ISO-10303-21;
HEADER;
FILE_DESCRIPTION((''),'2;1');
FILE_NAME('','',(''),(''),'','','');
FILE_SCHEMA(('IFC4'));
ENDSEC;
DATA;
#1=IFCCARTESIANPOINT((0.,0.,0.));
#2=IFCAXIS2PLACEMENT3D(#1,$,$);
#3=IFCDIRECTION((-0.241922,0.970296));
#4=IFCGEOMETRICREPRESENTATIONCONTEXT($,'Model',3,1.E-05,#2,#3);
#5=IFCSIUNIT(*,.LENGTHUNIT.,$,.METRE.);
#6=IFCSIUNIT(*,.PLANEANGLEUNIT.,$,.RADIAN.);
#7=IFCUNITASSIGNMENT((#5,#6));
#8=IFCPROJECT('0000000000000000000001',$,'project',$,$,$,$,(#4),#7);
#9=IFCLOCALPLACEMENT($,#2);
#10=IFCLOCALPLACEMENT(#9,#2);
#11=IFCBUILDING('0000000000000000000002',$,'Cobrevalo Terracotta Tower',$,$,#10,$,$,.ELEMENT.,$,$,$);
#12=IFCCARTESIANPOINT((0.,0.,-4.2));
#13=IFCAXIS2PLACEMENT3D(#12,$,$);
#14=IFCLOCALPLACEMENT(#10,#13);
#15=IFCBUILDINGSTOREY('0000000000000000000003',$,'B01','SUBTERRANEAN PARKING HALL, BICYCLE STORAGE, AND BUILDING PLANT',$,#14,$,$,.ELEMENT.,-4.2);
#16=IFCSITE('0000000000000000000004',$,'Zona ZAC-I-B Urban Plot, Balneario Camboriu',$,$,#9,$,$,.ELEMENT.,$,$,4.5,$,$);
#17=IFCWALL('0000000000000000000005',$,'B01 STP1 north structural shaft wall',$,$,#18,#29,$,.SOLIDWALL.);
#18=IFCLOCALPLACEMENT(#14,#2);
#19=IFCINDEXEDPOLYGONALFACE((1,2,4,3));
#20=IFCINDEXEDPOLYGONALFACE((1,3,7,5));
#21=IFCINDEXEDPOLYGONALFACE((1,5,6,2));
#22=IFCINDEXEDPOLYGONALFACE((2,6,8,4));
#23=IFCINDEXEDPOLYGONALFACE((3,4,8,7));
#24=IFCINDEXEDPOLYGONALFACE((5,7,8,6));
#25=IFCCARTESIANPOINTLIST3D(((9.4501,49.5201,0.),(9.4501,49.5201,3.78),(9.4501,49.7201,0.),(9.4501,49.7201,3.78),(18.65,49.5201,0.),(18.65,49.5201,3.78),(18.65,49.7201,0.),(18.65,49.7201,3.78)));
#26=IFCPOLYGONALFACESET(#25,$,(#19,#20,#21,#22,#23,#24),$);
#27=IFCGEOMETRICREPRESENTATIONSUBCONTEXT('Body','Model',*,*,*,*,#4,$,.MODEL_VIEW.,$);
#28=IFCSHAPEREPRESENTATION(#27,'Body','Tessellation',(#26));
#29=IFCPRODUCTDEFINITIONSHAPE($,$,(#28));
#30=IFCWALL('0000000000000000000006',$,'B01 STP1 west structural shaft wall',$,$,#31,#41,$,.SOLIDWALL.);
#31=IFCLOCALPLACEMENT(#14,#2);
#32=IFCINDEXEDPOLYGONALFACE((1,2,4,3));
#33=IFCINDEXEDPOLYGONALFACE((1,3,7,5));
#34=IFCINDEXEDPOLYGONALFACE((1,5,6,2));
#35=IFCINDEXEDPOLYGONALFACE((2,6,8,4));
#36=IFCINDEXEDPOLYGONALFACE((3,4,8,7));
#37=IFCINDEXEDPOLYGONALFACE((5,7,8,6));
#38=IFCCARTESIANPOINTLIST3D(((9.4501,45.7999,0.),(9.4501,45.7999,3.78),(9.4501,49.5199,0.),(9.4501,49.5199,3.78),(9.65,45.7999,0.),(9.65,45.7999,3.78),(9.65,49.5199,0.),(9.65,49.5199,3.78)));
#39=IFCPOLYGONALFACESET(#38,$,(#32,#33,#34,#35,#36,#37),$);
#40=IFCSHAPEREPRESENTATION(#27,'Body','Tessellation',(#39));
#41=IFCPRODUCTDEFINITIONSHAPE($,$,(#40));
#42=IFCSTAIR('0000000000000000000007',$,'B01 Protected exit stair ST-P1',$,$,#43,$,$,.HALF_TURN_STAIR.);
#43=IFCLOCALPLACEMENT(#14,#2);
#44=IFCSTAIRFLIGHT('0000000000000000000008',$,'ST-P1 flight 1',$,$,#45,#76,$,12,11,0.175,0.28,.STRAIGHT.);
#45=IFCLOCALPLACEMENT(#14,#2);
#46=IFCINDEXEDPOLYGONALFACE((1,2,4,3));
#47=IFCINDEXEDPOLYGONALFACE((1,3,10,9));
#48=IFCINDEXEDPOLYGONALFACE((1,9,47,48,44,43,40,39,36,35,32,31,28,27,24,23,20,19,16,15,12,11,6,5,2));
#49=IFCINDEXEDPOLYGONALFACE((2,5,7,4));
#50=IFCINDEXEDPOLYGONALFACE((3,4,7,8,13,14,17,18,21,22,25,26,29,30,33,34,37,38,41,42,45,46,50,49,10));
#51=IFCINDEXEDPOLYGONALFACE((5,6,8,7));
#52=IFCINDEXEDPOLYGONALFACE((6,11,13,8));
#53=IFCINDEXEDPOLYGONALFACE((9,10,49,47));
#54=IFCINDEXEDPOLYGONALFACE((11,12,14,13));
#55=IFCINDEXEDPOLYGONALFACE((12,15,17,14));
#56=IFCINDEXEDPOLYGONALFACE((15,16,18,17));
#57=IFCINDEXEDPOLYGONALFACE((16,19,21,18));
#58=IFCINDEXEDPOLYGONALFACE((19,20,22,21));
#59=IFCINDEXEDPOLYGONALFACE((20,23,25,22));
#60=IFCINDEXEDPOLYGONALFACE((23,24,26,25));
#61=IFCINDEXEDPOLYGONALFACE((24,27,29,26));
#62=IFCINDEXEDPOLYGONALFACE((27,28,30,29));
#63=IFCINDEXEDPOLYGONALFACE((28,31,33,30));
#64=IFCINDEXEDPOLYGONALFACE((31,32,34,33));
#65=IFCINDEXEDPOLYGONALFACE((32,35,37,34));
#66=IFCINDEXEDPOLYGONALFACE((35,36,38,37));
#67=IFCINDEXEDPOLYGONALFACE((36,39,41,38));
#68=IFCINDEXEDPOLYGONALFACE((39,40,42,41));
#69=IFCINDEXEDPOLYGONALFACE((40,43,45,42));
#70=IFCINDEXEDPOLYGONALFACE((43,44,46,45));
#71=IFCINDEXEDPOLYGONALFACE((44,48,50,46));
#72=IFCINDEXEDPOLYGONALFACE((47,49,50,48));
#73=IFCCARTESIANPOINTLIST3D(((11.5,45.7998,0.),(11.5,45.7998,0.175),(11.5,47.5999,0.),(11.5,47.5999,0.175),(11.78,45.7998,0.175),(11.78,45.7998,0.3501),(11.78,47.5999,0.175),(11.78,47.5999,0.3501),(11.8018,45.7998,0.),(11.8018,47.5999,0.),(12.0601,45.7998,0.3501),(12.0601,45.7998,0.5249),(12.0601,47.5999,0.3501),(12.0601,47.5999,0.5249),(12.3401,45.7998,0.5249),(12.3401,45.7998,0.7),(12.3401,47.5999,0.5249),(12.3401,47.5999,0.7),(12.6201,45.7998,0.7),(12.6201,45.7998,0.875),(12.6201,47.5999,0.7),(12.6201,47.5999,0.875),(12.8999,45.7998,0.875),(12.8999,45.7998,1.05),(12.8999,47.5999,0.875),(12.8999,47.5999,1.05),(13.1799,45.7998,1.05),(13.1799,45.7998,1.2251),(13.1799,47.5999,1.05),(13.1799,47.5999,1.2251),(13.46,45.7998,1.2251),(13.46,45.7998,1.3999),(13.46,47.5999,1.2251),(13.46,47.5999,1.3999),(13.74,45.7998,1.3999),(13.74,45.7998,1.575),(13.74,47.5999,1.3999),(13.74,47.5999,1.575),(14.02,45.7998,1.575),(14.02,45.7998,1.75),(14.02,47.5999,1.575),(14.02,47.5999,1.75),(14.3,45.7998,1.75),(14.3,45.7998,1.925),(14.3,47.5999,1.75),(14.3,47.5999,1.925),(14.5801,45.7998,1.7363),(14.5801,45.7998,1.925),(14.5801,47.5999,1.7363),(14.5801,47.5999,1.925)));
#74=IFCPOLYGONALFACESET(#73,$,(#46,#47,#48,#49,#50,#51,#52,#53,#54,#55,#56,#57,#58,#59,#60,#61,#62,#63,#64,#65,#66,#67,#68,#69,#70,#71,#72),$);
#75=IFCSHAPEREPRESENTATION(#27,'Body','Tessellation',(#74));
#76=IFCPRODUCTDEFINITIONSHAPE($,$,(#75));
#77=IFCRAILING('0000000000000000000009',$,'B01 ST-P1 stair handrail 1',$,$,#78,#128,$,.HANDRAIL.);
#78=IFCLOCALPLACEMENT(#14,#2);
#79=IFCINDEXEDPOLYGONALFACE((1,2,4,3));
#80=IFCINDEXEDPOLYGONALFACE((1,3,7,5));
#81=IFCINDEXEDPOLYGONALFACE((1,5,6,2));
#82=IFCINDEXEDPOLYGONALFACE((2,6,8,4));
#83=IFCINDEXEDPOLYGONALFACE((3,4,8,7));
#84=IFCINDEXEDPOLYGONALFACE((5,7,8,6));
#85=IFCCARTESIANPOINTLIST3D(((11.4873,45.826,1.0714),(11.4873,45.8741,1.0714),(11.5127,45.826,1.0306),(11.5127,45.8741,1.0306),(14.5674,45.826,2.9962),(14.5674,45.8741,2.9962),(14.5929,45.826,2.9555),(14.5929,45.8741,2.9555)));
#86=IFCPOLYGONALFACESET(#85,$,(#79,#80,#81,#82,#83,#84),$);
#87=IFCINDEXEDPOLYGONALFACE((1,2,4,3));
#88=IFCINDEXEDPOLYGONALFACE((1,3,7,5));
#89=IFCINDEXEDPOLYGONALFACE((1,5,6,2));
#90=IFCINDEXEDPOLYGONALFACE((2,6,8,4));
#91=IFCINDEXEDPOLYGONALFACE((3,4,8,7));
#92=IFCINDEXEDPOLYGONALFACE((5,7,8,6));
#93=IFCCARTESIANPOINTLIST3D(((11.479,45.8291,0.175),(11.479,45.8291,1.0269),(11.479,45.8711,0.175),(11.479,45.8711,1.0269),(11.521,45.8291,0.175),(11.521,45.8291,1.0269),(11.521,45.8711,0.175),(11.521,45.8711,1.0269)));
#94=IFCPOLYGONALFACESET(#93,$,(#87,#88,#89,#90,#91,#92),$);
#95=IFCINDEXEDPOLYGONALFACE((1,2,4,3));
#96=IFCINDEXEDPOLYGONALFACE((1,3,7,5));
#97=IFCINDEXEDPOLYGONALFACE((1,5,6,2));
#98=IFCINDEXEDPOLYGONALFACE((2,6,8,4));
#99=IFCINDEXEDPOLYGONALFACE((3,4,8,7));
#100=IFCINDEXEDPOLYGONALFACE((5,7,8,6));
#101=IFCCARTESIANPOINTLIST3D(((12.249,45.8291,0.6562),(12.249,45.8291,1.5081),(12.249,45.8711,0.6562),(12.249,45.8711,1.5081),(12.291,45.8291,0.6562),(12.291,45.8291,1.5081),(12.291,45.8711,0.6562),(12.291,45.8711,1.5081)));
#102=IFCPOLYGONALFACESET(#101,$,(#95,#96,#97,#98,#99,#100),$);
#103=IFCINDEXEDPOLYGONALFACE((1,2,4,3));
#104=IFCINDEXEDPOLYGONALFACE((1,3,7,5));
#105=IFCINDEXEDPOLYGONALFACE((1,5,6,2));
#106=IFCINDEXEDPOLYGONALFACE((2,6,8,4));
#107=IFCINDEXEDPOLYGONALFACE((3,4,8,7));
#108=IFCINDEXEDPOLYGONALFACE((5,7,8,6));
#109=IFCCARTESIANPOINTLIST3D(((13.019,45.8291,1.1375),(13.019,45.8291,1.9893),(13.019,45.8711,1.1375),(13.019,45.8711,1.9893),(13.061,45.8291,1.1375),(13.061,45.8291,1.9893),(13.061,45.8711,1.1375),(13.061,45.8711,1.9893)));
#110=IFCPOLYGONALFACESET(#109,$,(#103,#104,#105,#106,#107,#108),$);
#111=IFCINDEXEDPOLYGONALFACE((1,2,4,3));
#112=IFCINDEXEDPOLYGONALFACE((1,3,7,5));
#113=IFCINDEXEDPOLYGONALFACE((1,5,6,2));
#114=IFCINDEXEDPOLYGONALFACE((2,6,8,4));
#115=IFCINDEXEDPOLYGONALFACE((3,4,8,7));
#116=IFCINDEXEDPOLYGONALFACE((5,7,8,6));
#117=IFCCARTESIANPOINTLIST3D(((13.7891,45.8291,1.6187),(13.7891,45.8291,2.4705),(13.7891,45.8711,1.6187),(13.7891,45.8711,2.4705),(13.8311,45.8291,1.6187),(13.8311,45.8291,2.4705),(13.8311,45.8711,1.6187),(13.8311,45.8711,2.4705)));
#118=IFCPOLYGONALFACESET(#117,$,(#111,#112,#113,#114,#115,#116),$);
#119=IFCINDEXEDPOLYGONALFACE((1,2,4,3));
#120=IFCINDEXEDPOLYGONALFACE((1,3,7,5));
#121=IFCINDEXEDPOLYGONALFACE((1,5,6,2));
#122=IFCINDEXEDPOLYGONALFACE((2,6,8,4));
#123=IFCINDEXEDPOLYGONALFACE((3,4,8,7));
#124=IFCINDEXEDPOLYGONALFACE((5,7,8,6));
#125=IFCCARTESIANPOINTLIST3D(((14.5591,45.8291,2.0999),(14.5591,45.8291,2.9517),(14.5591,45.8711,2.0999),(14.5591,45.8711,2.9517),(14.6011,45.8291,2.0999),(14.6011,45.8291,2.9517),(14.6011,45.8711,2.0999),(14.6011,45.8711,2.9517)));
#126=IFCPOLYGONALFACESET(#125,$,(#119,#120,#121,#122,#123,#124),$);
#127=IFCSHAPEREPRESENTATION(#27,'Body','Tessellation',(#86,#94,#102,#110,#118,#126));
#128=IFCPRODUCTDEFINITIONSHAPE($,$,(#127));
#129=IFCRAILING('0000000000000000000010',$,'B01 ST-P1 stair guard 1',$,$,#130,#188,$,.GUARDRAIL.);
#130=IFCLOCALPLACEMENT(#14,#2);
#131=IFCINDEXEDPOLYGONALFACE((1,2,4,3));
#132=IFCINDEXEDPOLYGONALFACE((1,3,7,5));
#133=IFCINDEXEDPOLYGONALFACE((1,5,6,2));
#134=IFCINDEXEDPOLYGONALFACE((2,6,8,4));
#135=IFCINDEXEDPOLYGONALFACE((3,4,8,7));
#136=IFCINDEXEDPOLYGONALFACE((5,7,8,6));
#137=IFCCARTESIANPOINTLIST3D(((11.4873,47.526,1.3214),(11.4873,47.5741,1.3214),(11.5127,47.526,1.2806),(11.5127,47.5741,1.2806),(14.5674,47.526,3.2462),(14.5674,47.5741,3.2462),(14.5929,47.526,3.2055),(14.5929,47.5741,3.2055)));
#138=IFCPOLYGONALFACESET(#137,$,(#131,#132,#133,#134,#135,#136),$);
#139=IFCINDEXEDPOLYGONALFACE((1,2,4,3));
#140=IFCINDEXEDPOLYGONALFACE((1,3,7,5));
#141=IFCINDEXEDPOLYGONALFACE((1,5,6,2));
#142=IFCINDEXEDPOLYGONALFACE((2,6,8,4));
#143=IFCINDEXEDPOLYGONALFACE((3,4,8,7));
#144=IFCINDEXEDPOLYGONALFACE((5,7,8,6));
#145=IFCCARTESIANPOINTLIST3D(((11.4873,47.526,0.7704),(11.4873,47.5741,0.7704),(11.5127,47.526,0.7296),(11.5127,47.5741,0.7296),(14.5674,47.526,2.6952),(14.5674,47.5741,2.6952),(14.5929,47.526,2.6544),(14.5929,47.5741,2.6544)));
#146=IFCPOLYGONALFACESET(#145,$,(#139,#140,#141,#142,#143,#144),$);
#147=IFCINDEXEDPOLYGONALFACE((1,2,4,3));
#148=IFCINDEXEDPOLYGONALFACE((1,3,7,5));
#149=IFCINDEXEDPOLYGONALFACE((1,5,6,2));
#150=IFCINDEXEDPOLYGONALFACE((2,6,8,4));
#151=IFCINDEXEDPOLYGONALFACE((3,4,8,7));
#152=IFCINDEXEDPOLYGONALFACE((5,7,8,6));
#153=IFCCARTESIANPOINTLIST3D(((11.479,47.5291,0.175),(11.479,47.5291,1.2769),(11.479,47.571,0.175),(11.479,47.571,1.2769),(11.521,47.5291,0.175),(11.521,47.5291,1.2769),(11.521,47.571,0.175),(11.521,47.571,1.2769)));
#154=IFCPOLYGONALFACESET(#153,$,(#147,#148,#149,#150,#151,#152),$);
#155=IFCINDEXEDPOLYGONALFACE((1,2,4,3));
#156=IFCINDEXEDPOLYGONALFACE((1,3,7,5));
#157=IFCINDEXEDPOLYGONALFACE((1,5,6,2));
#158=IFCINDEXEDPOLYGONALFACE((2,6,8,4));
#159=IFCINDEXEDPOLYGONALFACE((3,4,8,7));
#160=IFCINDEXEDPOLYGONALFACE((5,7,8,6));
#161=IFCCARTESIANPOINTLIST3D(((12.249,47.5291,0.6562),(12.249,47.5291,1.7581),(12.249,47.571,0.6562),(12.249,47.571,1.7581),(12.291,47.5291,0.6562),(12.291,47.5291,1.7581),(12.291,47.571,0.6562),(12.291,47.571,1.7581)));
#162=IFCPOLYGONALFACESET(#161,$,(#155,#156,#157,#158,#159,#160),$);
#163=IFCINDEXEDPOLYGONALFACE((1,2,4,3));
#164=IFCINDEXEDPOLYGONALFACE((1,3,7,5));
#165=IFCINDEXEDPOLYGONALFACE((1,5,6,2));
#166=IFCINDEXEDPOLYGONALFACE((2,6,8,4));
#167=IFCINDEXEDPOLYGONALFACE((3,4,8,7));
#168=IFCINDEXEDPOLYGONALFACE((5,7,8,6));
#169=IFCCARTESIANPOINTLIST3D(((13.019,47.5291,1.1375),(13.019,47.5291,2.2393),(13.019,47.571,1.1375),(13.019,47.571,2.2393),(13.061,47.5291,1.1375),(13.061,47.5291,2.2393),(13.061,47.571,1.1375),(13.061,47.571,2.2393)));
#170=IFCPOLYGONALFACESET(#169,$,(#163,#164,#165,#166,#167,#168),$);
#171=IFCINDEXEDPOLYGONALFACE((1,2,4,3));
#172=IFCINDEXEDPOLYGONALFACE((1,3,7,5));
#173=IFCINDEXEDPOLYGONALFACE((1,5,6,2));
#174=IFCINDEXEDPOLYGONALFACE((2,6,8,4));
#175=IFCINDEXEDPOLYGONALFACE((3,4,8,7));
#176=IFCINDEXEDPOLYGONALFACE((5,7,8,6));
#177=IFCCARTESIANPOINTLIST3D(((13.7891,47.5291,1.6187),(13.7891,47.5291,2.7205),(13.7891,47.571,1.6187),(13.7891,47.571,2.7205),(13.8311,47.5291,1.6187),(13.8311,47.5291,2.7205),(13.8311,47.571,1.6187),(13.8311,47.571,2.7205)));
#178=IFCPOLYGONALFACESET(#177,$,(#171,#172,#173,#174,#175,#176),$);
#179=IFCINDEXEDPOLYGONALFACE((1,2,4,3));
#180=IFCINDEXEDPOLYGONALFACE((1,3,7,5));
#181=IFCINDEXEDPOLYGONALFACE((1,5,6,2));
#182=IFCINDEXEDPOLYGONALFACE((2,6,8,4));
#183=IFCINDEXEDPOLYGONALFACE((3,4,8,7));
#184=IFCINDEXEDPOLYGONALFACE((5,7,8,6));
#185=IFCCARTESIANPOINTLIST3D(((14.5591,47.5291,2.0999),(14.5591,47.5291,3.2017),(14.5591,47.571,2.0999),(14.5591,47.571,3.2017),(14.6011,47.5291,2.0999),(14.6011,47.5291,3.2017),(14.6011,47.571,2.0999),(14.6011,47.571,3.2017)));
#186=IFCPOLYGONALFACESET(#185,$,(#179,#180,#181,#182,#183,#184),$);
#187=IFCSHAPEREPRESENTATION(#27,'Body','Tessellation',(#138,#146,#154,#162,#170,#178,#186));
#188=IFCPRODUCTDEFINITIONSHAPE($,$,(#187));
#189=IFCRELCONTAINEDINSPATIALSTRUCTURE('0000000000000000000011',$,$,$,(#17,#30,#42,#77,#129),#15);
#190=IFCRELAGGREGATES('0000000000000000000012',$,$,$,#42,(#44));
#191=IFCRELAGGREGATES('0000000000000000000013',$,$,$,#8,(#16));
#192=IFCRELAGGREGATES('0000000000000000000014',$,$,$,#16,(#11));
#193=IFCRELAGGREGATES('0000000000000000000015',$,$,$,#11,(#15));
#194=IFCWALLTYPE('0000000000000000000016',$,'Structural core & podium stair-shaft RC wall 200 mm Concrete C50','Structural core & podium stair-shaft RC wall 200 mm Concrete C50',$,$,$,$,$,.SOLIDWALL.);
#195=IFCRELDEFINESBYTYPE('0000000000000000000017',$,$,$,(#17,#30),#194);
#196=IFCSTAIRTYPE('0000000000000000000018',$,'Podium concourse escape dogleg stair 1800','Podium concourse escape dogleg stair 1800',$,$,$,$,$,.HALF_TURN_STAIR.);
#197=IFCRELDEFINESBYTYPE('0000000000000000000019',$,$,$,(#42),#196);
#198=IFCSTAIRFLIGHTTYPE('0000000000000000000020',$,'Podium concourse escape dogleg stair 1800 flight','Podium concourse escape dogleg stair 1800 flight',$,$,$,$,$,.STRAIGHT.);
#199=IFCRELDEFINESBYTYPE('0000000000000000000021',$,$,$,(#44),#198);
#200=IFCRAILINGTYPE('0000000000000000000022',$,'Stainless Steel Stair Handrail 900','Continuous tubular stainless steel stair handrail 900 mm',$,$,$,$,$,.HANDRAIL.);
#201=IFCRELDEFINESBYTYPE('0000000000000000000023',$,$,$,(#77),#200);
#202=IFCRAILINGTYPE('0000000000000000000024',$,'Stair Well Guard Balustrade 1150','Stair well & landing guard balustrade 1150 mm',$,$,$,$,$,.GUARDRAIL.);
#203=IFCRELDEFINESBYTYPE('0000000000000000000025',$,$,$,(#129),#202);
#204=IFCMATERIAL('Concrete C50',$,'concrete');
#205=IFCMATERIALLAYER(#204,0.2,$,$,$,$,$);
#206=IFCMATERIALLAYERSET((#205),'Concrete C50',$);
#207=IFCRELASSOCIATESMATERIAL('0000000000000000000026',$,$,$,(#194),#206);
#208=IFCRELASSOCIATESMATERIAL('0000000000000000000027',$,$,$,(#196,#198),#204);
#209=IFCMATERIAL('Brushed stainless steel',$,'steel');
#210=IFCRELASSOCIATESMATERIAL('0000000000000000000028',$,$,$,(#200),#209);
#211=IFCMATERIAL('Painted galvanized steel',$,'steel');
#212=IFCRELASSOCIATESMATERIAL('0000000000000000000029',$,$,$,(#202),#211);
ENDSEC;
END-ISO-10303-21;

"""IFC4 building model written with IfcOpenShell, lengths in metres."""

from ifc_helpers import new_model, si_unit, direction, frame, frame_2d, origin, origin_2d, place, context, subcontext, project, spatial, polyline, rectangle, outline, extrude, material, layer, layer_set, type_object, element, aggregate, save


model = new_model("IFC4")

# Units and contexts
model_context = context("Model", 3, precision=1e-05, world=origin(), true_north=direction((-0.241922, 0.970296)))
body_context = subcontext(model_context, "Body", "Model", "MODEL_VIEW")
ifc_project = project(units=[si_unit("LENGTHUNIT", "METRE"), si_unit("PLANEANGLEUNIT", "RADIAN")], contexts=[model_context])

# Site, building, storey
site_placement = place(None, origin())
site = spatial("IfcSite", under=ifc_project, at=site_placement, Name="Zona ZAC-I-B Urban Plot, Balneario Camboriu", CompositionType="ELEMENT", RefElevation=4.5)
building_placement = place(site_placement, origin())
building = spatial("IfcBuilding", under=site, at=building_placement, Name="Cobrevalo Terracotta Tower", CompositionType="ELEMENT")
storey_placement = place(building_placement, frame((0.0, 0.0, -4.2)))
storey = spatial("IfcBuildingStorey", under=building, at=storey_placement, Name="B01", Description="SUBTERRANEAN PARKING HALL, BICYCLE STORAGE, AND BUILDING PLANT", CompositionType="ELEMENT", Elevation=-4.2)

# Shared definitions
ifc_material_1 = material(Name="Concrete C50", Category="concrete")

# Shared definitions
ifc_layer_1 = layer(ifc_material_1, 0.2)
ifc_layer_set_1 = layer_set([ifc_layer_1], Name="Concrete C50")
wall_type_1 = type_object("IfcWallType", Name="Structural core & podium stair-shaft RC wall 200 mm Concrete C50", Description="Structural core & podium stair-shaft RC wall 200 mm Concrete C50", PredefinedType="SOLIDWALL", material=ifc_layer_set_1)

# Walls
wall_1_placement = place(storey_placement, frame((9.45, 49.6201, 0.0), z_axis=(0.0, 0.0, 1.0), x_axis=(1.0, 0.0, 0.0)))
element("IfcWall", 1, at=wall_1_placement, inside=storey, type_object=wall_type_1, Name="B01 STP1 north structural shaft wall", PredefinedType="SOLIDWALL", context=body_context, shape_type="SweptSolid", body=[
    extrude(rectangle(XDim=9.2, YDim=0.2, at=frame_2d((4.6001, 0.0))), origin(), (0.0, 0.0, 1.0), 3.78),
])
wall_2_placement = place(storey_placement, frame((9.55, 45.8, 0.0), z_axis=(0.0, 0.0, 1.0), x_axis=(0.0, 1.0, 0.0)))
element("IfcWall", 2, at=wall_2_placement, inside=storey, type_object=wall_type_1, Name="B01 STP1 west structural shaft wall", PredefinedType="SOLIDWALL", context=body_context, shape_type="SweptSolid", body=[
    extrude(rectangle(XDim=3.72, YDim=0.2, at=frame_2d((1.8599, 0.0))), origin(), (0.0, 0.0, 1.0), 3.78),
])

# Stair, stair flight
stair_type = type_object("IfcStairType", Name="Podium concourse escape dogleg stair 1800", Description="Podium concourse escape dogleg stair 1800", PredefinedType="HALF_TURN_STAIR", material=ifc_material_1)
stair_placement = place(storey_placement, origin())
stair = element("IfcStair", 3, at=stair_placement, inside=storey, type_object=stair_type, Name="B01 Protected exit stair ST-P1", PredefinedType="HALF_TURN_STAIR")
stair_flight_type = type_object("IfcStairFlightType", Name="Podium concourse escape dogleg stair 1800 flight", Description="Podium concourse escape dogleg stair 1800 flight", PredefinedType="STRAIGHT", material=ifc_material_1)
stair_flight_placement = place(storey_placement, frame((11.5, 46.7, 0.0), z_axis=(0.0, 0.0, 1.0), x_axis=(1.0, 0.0, 0.0)))
stair_flight = element("IfcStairFlight", 4, at=stair_flight_placement, type_object=stair_flight_type, Name="ST-P1 flight 1", NumberOfRisers=12, NumberOfTreads=11, PredefinedType="STRAIGHT", RiserHeight=0.175, TreadLength=0.28, context=body_context, shape_type="SweptSolid", body=[
    extrude(outline(polyline([(0.0, 0.0), (0.0, 0.175), (0.28, 0.175), (0.28, 0.3501), (0.5601, 0.3501), (0.5601, 0.5249), (0.8401, 0.5249), (0.8401, 0.7), (1.1201, 0.7), (1.1201, 0.875), (1.3999, 0.875), (1.3999, 1.05), (1.6799, 1.05), (1.6799, 1.2251), (1.96, 1.2251), (1.96, 1.3999), (2.24, 1.3999), (2.24, 1.575), (2.52, 1.575), (2.52, 1.75), (2.8, 1.75), (2.8, 1.925), (3.0801, 1.925), (3.0801, 2.1001), (3.0801, 1.7363), (0.3018, 0.0), (0.0, 0.0)])), frame((0.0, 0.8999, 0.0), z_axis=(0.0, -1.0, 0.0), x_axis=(1.0, 0.0, 0.0)), (0.0, 0.0, 1.0), 1.8),
])
aggregate(stair, [stair_flight])

# Railings
ifc_material_2 = material(Name="Brushed stainless steel", Category="steel")
railing_type_1 = type_object("IfcRailingType", Name="Stainless Steel Stair Handrail 900", Description="Continuous tubular stainless steel stair handrail 900 mm", PredefinedType="HANDRAIL", material=ifc_material_2)
railing_1_placement = place(storey_placement, frame((11.5, 45.8501, 0.175)))
element("IfcRailing", 5, at=railing_1_placement, inside=storey, type_object=railing_type_1, Name="B01 ST-P1 stair handrail 1", PredefinedType="HANDRAIL", context=body_context, shape_type="SweptSolid", body=[
    extrude(rectangle(XDim=0.0481, YDim=0.0481, at=origin_2d()), frame((0.0, 0.0, 0.876), z_axis=(0.848029, 0.0, 0.529951), x_axis=(0.0, 1.0, 0.0)), (0.0, 0.0, 1.0), 3.6321),
    extrude(rectangle(XDim=0.042, YDim=0.042, at=origin_2d()), origin(), (0.0, 0.0, 1.0), 0.8518),
    extrude(rectangle(XDim=0.042, YDim=0.042, at=origin_2d()), frame((0.77, 0.0, 0.4812)), (0.0, 0.0, 1.0), 0.8518),
    extrude(rectangle(XDim=0.042, YDim=0.042, at=origin_2d()), frame((1.54, 0.0, 0.9624)), (0.0, 0.0, 1.0), 0.8518),
    extrude(rectangle(XDim=0.042, YDim=0.042, at=origin_2d()), frame((2.3101, 0.0, 1.4436)), (0.0, 0.0, 1.0), 0.8518),
    extrude(rectangle(XDim=0.042, YDim=0.042, at=origin_2d()), frame((3.0801, 0.0, 1.9248)), (0.0, 0.0, 1.0), 0.8518),
])
ifc_material_3 = material(Name="Painted galvanized steel", Category="steel")
railing_type_2 = type_object("IfcRailingType", Name="Stair Well Guard Balustrade 1150", Description="Stair well & landing guard balustrade 1150 mm", PredefinedType="GUARDRAIL", material=ifc_material_3)
railing_2_placement = place(storey_placement, frame((11.5, 47.55, 0.175)))
element("IfcRailing", 6, at=railing_2_placement, inside=storey, type_object=railing_type_2, Name="B01 ST-P1 stair guard 1", PredefinedType="GUARDRAIL", context=body_context, shape_type="SweptSolid", body=[
    extrude(rectangle(XDim=0.0481, YDim=0.0481, at=origin_2d()), frame((0.0, 0.0, 1.126), z_axis=(0.848029, 0.0, 0.529951), x_axis=(0.0, 1.0, 0.0)), (0.0, 0.0, 1.0), 3.6321),
    extrude(rectangle(XDim=0.0481, YDim=0.0481, at=origin_2d()), frame((0.0, 0.0, 0.575), z_axis=(0.848029, 0.0, 0.529951), x_axis=(0.0, 1.0, 0.0)), (0.0, 0.0, 1.0), 3.6321),
    extrude(rectangle(XDim=0.042, YDim=0.042, at=origin_2d()), origin(), (0.0, 0.0, 1.0), 1.1018),
    extrude(rectangle(XDim=0.042, YDim=0.042, at=origin_2d()), frame((0.77, 0.0, 0.4812)), (0.0, 0.0, 1.0), 1.1018),
    extrude(rectangle(XDim=0.042, YDim=0.042, at=origin_2d()), frame((1.54, 0.0, 0.9624)), (0.0, 0.0, 1.0), 1.1018),
    extrude(rectangle(XDim=0.042, YDim=0.042, at=origin_2d()), frame((2.3101, 0.0, 1.4436)), (0.0, 0.0, 1.0), 1.1018),
    extrude(rectangle(XDim=0.042, YDim=0.042, at=origin_2d()), frame((3.0801, 0.0, 1.9248)), (0.0, 0.0, 1.0), 1.1018),
])

save(model, "model.ifc")
